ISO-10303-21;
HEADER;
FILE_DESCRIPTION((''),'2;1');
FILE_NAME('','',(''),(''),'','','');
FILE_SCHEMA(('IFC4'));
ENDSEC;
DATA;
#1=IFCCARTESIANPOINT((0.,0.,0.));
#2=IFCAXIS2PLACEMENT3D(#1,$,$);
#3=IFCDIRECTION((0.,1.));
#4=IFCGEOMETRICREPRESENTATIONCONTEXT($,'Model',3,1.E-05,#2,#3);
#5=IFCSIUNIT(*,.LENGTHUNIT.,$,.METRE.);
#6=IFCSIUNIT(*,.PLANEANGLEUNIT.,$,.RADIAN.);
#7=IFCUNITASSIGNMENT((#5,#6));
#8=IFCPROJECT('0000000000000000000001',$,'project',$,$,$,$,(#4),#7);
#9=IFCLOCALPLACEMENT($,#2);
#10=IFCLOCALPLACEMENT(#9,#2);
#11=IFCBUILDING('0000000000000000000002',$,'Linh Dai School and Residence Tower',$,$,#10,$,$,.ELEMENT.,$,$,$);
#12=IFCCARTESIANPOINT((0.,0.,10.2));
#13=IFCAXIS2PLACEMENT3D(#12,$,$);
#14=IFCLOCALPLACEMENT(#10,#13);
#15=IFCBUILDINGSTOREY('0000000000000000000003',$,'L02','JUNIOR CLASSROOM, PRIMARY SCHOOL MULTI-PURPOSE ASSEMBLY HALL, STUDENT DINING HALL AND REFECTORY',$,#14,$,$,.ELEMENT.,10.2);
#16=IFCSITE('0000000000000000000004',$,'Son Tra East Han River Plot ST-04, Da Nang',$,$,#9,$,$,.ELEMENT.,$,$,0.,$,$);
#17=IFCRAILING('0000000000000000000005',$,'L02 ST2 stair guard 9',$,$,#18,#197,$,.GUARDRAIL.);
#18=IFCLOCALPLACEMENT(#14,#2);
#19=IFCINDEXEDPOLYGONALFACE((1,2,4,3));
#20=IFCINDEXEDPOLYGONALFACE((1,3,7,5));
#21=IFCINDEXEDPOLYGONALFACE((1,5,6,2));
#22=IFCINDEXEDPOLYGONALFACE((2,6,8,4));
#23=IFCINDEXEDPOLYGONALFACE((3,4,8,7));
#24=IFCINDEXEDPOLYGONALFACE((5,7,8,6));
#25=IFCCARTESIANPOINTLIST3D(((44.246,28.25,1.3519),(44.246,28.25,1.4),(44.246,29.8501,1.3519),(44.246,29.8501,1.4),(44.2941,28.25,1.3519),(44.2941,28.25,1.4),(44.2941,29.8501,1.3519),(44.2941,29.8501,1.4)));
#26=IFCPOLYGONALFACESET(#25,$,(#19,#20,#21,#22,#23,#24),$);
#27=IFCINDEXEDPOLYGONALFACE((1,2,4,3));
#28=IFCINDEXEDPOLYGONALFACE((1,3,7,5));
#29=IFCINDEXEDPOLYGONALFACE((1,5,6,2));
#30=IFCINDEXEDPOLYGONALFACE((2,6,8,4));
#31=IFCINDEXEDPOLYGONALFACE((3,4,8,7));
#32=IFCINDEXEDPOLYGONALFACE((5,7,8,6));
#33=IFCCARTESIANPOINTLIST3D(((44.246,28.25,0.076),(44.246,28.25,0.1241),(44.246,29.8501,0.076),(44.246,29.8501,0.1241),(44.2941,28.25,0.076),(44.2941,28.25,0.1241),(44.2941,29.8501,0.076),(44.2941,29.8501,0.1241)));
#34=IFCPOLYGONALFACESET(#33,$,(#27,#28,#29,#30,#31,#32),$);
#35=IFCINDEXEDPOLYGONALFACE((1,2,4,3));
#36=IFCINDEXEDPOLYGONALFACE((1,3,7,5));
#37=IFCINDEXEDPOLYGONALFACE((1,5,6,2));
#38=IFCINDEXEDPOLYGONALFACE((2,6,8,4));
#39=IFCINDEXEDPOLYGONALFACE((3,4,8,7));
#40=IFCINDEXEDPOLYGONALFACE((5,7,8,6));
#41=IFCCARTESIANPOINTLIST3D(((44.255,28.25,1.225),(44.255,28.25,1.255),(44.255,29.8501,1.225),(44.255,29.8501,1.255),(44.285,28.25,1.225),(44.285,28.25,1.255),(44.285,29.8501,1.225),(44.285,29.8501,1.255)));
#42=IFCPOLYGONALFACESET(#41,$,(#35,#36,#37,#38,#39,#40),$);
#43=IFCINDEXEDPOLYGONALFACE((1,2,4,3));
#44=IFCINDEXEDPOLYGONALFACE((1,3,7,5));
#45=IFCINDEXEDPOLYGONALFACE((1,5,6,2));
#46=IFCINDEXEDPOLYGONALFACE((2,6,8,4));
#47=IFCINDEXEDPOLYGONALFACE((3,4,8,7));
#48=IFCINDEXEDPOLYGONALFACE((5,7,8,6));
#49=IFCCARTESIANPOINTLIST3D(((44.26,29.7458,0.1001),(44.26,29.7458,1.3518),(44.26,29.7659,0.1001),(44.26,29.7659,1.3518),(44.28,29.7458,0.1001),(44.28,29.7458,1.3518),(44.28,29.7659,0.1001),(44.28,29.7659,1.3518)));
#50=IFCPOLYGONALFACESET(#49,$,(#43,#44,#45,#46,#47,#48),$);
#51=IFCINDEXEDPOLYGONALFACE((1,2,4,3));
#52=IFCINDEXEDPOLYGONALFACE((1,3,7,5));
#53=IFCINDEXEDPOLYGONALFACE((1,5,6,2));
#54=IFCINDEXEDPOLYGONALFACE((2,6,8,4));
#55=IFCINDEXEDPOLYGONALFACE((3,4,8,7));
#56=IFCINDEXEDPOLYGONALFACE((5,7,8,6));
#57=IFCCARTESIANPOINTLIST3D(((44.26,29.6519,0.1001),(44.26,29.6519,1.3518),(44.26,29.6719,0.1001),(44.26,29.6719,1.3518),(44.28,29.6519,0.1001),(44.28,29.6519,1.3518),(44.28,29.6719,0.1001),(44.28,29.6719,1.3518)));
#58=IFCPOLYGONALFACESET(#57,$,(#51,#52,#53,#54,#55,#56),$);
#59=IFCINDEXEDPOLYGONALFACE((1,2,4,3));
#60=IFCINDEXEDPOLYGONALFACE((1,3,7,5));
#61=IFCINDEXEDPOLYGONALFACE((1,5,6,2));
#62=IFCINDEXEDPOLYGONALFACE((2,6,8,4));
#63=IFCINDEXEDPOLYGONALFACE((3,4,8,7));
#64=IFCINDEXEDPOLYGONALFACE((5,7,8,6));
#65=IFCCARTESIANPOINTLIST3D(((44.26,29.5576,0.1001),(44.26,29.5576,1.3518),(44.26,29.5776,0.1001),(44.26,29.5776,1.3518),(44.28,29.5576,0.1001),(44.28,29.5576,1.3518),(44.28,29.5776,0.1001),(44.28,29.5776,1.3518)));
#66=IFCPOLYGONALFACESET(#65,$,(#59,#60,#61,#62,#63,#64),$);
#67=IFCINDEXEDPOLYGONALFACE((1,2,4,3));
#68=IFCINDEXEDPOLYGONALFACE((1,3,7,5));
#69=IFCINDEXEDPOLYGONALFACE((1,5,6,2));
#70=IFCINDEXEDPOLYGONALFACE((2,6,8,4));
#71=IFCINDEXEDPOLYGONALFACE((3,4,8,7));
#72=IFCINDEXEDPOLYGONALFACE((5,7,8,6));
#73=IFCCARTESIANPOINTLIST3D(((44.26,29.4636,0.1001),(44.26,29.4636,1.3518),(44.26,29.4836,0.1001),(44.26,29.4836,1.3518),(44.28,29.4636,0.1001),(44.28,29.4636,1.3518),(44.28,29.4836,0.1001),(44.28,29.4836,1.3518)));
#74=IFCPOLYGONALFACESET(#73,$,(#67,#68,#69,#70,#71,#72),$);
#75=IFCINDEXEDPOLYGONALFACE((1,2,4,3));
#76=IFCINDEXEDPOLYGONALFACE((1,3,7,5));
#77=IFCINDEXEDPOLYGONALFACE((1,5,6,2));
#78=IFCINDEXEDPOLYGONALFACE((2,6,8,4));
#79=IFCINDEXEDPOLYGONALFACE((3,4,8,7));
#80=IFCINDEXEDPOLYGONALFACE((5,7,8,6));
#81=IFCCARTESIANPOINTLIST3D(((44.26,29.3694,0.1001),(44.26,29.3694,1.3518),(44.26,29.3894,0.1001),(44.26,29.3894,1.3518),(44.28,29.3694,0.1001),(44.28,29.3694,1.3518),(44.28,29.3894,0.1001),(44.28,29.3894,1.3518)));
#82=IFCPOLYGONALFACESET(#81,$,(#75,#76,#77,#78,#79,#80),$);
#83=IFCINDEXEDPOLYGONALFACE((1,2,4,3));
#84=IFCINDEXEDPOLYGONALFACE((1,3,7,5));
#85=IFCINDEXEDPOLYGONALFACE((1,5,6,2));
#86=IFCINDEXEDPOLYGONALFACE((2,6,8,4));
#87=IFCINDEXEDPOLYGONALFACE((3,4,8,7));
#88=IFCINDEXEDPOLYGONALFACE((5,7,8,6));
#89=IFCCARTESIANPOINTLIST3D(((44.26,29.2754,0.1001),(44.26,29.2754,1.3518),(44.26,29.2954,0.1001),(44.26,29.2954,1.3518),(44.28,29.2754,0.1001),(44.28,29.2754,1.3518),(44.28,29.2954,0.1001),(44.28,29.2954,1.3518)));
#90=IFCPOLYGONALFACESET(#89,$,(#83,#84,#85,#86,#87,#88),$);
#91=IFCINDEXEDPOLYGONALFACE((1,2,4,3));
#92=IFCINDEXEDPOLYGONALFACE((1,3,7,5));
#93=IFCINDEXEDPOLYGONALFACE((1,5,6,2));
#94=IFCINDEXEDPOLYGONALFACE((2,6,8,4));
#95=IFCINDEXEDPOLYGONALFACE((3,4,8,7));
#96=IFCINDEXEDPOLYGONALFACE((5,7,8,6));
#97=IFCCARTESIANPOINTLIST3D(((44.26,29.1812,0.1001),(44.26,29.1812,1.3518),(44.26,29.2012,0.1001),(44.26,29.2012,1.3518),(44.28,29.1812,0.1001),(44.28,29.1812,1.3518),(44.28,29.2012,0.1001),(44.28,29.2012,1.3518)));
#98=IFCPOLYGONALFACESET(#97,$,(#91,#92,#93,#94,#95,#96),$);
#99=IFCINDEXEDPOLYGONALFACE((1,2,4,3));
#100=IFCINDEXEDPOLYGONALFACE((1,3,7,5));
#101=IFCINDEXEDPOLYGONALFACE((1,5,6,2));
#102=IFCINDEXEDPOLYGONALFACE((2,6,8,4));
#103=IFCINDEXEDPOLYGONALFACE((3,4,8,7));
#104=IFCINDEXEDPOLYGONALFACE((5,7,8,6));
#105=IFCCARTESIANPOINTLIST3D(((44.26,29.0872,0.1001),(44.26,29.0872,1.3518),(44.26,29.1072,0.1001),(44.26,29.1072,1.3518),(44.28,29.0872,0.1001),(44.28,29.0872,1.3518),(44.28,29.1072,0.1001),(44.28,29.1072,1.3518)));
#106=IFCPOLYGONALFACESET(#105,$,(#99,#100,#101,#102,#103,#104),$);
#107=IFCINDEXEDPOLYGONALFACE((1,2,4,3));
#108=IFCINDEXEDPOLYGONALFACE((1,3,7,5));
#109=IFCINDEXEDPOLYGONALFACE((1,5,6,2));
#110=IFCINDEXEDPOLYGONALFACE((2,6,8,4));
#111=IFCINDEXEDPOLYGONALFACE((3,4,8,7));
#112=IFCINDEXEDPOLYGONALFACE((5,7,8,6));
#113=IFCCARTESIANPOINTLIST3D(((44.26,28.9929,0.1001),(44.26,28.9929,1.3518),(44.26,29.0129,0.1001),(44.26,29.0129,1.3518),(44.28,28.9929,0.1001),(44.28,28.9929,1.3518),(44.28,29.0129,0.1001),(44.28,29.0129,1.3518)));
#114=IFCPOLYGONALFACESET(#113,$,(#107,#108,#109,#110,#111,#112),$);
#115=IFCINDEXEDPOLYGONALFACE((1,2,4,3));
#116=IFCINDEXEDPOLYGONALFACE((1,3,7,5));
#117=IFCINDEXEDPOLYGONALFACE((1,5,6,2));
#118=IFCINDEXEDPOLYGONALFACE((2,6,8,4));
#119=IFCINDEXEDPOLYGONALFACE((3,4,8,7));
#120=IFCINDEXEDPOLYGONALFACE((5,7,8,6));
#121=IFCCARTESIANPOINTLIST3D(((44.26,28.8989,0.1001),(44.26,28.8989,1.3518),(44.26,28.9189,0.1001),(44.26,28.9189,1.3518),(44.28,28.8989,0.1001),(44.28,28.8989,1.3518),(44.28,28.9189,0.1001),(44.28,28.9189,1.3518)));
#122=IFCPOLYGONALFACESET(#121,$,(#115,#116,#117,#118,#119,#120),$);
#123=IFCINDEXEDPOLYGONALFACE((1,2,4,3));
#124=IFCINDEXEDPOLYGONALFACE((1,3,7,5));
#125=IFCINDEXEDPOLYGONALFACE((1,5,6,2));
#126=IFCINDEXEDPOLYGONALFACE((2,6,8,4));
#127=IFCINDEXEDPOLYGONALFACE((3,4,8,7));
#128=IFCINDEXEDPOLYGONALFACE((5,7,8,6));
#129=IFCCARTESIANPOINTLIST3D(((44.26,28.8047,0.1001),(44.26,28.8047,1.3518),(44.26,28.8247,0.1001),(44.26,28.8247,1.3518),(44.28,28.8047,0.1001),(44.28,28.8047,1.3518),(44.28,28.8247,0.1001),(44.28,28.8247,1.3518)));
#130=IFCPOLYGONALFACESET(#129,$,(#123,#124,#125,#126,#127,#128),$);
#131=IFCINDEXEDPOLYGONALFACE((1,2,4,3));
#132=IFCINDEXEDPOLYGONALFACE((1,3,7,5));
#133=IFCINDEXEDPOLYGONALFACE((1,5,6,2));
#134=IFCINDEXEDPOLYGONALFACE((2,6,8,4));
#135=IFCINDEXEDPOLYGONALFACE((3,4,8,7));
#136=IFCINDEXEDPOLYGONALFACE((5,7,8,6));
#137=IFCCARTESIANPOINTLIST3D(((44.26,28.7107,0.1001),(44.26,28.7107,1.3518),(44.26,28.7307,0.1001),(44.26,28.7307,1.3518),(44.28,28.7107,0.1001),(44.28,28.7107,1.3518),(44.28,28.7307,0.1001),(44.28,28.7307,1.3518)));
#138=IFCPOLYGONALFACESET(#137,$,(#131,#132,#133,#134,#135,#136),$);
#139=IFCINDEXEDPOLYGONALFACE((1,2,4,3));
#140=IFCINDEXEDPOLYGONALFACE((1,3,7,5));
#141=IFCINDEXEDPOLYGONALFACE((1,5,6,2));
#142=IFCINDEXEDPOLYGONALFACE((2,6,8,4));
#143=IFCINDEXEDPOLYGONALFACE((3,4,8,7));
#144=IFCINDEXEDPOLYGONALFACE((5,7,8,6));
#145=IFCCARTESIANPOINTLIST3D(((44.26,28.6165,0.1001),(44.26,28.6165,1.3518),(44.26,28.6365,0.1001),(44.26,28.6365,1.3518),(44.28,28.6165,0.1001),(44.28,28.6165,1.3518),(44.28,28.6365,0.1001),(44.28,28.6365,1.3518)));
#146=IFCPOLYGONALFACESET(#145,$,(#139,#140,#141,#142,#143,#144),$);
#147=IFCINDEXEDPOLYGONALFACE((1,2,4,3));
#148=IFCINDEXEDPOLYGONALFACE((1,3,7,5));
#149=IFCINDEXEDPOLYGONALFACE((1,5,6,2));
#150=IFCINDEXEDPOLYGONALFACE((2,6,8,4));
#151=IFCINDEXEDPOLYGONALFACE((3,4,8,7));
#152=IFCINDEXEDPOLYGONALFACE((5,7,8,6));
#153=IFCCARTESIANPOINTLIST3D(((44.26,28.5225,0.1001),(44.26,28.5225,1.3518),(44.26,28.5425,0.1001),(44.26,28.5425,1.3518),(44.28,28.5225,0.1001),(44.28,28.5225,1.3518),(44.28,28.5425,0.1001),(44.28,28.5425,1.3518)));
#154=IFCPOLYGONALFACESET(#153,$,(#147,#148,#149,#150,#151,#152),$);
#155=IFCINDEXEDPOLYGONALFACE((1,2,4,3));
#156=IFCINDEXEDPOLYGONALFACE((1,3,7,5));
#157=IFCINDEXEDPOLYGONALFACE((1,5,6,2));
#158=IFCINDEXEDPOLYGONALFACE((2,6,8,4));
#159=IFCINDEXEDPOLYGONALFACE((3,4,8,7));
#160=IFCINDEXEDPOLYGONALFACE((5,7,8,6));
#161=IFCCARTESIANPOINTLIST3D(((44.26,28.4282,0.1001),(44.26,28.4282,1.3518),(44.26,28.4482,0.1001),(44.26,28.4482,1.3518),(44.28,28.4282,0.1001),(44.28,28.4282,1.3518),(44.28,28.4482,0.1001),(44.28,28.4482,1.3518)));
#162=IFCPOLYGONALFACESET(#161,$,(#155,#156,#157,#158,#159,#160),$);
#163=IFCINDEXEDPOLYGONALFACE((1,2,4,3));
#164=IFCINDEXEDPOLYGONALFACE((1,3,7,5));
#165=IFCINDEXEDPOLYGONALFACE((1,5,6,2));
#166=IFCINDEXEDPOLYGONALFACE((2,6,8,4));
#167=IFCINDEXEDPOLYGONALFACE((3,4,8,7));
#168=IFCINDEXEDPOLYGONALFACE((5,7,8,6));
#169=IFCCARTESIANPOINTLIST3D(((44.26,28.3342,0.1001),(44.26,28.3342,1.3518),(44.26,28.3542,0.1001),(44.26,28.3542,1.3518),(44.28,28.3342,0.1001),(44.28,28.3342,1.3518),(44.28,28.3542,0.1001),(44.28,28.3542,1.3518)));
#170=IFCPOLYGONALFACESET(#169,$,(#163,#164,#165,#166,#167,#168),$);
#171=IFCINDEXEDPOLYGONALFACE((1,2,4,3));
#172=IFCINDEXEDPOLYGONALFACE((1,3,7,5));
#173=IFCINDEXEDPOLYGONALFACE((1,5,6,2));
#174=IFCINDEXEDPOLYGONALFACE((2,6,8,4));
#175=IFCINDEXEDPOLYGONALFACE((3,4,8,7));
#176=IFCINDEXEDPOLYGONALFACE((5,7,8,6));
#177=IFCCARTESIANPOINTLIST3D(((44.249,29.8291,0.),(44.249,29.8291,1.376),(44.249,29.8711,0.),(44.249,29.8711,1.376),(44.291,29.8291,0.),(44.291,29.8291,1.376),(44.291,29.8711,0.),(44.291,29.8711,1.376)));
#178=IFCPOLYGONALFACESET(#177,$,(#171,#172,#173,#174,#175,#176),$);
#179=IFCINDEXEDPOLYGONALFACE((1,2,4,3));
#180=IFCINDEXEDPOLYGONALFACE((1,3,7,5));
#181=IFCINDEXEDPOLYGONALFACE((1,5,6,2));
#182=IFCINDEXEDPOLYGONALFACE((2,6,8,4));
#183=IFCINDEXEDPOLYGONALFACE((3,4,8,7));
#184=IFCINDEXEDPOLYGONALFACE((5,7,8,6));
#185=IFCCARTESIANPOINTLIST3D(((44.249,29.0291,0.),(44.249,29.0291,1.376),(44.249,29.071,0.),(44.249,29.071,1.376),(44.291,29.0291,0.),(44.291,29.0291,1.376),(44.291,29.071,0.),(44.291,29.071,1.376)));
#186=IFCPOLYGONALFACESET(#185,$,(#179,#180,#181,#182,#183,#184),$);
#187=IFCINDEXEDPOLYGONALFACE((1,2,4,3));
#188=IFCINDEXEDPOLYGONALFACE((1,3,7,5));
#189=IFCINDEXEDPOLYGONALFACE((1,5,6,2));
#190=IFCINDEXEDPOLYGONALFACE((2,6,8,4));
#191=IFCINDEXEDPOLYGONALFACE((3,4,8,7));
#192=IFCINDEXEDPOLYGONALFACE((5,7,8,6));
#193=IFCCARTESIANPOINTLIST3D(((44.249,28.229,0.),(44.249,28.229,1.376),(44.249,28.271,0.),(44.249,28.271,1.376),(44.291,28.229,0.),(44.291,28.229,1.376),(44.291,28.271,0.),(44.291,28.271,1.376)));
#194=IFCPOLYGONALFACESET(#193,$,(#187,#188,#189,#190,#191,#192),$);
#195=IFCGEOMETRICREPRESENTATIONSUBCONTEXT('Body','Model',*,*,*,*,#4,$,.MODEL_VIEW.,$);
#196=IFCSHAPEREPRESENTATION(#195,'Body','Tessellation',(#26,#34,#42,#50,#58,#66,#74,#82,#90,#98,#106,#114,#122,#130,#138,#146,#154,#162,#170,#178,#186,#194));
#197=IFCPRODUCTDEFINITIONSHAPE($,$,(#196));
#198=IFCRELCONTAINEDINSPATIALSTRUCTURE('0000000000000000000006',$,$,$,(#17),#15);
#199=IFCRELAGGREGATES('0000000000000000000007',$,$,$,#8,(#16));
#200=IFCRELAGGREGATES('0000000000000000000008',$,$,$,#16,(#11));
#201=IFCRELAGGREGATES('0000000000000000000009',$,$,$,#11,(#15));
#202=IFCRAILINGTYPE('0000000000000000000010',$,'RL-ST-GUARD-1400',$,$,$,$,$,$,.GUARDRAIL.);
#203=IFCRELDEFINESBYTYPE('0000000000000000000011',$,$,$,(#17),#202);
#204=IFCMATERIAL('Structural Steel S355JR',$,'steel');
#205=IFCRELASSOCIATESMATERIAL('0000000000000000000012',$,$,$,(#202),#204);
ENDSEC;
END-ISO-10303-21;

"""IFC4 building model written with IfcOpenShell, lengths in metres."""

from ifc_helpers import new_model, si_unit, direction, frame, origin, origin_2d, place, context, subcontext, project, spatial, rectangle, extrude, source, transform, mapped, material, type_object, element, save


model = new_model("IFC4")

# Units and contexts
model_context = context("Model", 3, precision=1e-05, world=origin(), true_north=direction((0.0, 1.0)))
body_context = subcontext(model_context, "Body", "Model", "MODEL_VIEW")
ifc_project = project(units=[si_unit("LENGTHUNIT", "METRE"), si_unit("PLANEANGLEUNIT", "RADIAN")], contexts=[model_context])

# Site, building, storey
site_placement = place(None, origin())
site = spatial("IfcSite", under=ifc_project, at=site_placement, Name="Son Tra East Han River Plot ST-04, Da Nang", CompositionType="ELEMENT", RefElevation=0.0)
building_placement = place(site_placement, origin())
building = spatial("IfcBuilding", under=site, at=building_placement, Name="Linh Dai School and Residence Tower", CompositionType="ELEMENT")
storey_placement = place(building_placement, frame((0.0, 0.0, 10.2)))
storey = spatial("IfcBuildingStorey", under=building, at=storey_placement, Name="L02", Description="JUNIOR CLASSROOM, PRIMARY SCHOOL MULTI-PURPOSE ASSEMBLY HALL, STUDENT DINING HALL AND REFECTORY", CompositionType="ELEMENT", Elevation=10.2)

# Shared definitions
ifc_material_1 = material(Name="Structural Steel S355JR", Category="steel")

# Railing
railing_type_1 = type_object("IfcRailingType", Name="RL-ST-GUARD-1400", PredefinedType="GUARDRAIL", material=ifc_material_1)
shared_shape_1 = source(origin(), body_context, "Body", "SweptSolid", [
    extrude(rectangle(XDim=0.0481, YDim=0.0481, at=origin_2d()), frame((0.0, 0.0, 1.376), z_axis=(0.0, -1.0, 0.0), x_axis=(1.0, 0.0, 0.0)), (0.0, 0.0, 1.0), 1.6001),
    extrude(rectangle(XDim=0.0481, YDim=0.0481, at=origin_2d()), frame((0.0, 0.0, 0.1001), z_axis=(0.0, -1.0, 0.0), x_axis=(1.0, 0.0, 0.0)), (0.0, 0.0, 1.0), 1.6001),
    extrude(rectangle(XDim=0.03, YDim=0.03, at=origin_2d()), frame((0.0, 0.0, 1.24), z_axis=(0.0, -1.0, 0.0), x_axis=(1.0, 0.0, 0.0)), (0.0, 0.0, 1.0), 1.6001),
    extrude(rectangle(XDim=0.02, YDim=0.02, at=origin_2d()), frame((0.0, -0.0942, 0.1001)), (0.0, 0.0, 1.0), 1.2517),
    extrude(rectangle(XDim=0.02, YDim=0.02, at=origin_2d()), frame((0.0, -0.1882, 0.1001)), (0.0, 0.0, 1.0), 1.2517),
    extrude(rectangle(XDim=0.02, YDim=0.02, at=origin_2d()), frame((0.0, -0.2825, 0.1001)), (0.0, 0.0, 1.0), 1.2517),
    extrude(rectangle(XDim=0.02, YDim=0.02, at=origin_2d()), frame((0.0, -0.3765, 0.1001)), (0.0, 0.0, 1.0), 1.2517),
    extrude(rectangle(XDim=0.02, YDim=0.02, at=origin_2d()), frame((0.0, -0.4707, 0.1001)), (0.0, 0.0, 1.0), 1.2517),
    extrude(rectangle(XDim=0.02, YDim=0.02, at=origin_2d()), frame((0.0, -0.5647, 0.1001)), (0.0, 0.0, 1.0), 1.2517),
    extrude(rectangle(XDim=0.02, YDim=0.02, at=origin_2d()), frame((0.0, -0.6589, 0.1001)), (0.0, 0.0, 1.0), 1.2517),
    extrude(rectangle(XDim=0.02, YDim=0.02, at=origin_2d()), frame((0.0, -0.7529, 0.1001)), (0.0, 0.0, 1.0), 1.2517),
    extrude(rectangle(XDim=0.02, YDim=0.02, at=origin_2d()), frame((0.0, -0.8472, 0.1001)), (0.0, 0.0, 1.0), 1.2517),
    extrude(rectangle(XDim=0.02, YDim=0.02, at=origin_2d()), frame((0.0, -0.9412, 0.1001)), (0.0, 0.0, 1.0), 1.2517),
    extrude(rectangle(XDim=0.02, YDim=0.02, at=origin_2d()), frame((0.0, -1.0354, 0.1001)), (0.0, 0.0, 1.0), 1.2517),
    extrude(rectangle(XDim=0.02, YDim=0.02, at=origin_2d()), frame((0.0, -1.1294, 0.1001)), (0.0, 0.0, 1.0), 1.2517),
    extrude(rectangle(XDim=0.02, YDim=0.02, at=origin_2d()), frame((0.0, -1.2236, 0.1001)), (0.0, 0.0, 1.0), 1.2517),
    extrude(rectangle(XDim=0.02, YDim=0.02, at=origin_2d()), frame((0.0, -1.3176, 0.1001)), (0.0, 0.0, 1.0), 1.2517),
    extrude(rectangle(XDim=0.02, YDim=0.02, at=origin_2d()), frame((0.0, -1.4119, 0.1001)), (0.0, 0.0, 1.0), 1.2517),
    extrude(rectangle(XDim=0.02, YDim=0.02, at=origin_2d()), frame((0.0, -1.5059, 0.1001)), (0.0, 0.0, 1.0), 1.2517),
    extrude(rectangle(XDim=0.042, YDim=0.042, at=origin_2d()), origin(), (0.0, 0.0, 1.0), 1.376),
    extrude(rectangle(XDim=0.042, YDim=0.042, at=origin_2d()), frame((0.0, -0.8, 0.0)), (0.0, 0.0, 1.0), 1.376),
    extrude(rectangle(XDim=0.042, YDim=0.042, at=origin_2d()), frame((0.0, -1.6001, 0.0)), (0.0, 0.0, 1.0), 1.376),
])
for number, where, name in (
    (1, (44.27, 29.8501, 0.0), "L02 ST2 stair guard 9"),
):
    element("IfcRailing", number, at=place(storey_placement, frame(where)), inside=storey, type_object=railing_type_1, Name=name, PredefinedType="GUARDRAIL", context=body_context, shape_type="MappedRepresentation", body=[
        mapped(shared_shape_1, transform((0.0, 0.0, 0.0), x_axis=(1.0, 0.0, 0.0), y_axis=(0.0, 1.0, 0.0), z_axis=(0.0, 0.0, 1.0), scale=1.0)),
    ])

save(model, "model.ifc")
